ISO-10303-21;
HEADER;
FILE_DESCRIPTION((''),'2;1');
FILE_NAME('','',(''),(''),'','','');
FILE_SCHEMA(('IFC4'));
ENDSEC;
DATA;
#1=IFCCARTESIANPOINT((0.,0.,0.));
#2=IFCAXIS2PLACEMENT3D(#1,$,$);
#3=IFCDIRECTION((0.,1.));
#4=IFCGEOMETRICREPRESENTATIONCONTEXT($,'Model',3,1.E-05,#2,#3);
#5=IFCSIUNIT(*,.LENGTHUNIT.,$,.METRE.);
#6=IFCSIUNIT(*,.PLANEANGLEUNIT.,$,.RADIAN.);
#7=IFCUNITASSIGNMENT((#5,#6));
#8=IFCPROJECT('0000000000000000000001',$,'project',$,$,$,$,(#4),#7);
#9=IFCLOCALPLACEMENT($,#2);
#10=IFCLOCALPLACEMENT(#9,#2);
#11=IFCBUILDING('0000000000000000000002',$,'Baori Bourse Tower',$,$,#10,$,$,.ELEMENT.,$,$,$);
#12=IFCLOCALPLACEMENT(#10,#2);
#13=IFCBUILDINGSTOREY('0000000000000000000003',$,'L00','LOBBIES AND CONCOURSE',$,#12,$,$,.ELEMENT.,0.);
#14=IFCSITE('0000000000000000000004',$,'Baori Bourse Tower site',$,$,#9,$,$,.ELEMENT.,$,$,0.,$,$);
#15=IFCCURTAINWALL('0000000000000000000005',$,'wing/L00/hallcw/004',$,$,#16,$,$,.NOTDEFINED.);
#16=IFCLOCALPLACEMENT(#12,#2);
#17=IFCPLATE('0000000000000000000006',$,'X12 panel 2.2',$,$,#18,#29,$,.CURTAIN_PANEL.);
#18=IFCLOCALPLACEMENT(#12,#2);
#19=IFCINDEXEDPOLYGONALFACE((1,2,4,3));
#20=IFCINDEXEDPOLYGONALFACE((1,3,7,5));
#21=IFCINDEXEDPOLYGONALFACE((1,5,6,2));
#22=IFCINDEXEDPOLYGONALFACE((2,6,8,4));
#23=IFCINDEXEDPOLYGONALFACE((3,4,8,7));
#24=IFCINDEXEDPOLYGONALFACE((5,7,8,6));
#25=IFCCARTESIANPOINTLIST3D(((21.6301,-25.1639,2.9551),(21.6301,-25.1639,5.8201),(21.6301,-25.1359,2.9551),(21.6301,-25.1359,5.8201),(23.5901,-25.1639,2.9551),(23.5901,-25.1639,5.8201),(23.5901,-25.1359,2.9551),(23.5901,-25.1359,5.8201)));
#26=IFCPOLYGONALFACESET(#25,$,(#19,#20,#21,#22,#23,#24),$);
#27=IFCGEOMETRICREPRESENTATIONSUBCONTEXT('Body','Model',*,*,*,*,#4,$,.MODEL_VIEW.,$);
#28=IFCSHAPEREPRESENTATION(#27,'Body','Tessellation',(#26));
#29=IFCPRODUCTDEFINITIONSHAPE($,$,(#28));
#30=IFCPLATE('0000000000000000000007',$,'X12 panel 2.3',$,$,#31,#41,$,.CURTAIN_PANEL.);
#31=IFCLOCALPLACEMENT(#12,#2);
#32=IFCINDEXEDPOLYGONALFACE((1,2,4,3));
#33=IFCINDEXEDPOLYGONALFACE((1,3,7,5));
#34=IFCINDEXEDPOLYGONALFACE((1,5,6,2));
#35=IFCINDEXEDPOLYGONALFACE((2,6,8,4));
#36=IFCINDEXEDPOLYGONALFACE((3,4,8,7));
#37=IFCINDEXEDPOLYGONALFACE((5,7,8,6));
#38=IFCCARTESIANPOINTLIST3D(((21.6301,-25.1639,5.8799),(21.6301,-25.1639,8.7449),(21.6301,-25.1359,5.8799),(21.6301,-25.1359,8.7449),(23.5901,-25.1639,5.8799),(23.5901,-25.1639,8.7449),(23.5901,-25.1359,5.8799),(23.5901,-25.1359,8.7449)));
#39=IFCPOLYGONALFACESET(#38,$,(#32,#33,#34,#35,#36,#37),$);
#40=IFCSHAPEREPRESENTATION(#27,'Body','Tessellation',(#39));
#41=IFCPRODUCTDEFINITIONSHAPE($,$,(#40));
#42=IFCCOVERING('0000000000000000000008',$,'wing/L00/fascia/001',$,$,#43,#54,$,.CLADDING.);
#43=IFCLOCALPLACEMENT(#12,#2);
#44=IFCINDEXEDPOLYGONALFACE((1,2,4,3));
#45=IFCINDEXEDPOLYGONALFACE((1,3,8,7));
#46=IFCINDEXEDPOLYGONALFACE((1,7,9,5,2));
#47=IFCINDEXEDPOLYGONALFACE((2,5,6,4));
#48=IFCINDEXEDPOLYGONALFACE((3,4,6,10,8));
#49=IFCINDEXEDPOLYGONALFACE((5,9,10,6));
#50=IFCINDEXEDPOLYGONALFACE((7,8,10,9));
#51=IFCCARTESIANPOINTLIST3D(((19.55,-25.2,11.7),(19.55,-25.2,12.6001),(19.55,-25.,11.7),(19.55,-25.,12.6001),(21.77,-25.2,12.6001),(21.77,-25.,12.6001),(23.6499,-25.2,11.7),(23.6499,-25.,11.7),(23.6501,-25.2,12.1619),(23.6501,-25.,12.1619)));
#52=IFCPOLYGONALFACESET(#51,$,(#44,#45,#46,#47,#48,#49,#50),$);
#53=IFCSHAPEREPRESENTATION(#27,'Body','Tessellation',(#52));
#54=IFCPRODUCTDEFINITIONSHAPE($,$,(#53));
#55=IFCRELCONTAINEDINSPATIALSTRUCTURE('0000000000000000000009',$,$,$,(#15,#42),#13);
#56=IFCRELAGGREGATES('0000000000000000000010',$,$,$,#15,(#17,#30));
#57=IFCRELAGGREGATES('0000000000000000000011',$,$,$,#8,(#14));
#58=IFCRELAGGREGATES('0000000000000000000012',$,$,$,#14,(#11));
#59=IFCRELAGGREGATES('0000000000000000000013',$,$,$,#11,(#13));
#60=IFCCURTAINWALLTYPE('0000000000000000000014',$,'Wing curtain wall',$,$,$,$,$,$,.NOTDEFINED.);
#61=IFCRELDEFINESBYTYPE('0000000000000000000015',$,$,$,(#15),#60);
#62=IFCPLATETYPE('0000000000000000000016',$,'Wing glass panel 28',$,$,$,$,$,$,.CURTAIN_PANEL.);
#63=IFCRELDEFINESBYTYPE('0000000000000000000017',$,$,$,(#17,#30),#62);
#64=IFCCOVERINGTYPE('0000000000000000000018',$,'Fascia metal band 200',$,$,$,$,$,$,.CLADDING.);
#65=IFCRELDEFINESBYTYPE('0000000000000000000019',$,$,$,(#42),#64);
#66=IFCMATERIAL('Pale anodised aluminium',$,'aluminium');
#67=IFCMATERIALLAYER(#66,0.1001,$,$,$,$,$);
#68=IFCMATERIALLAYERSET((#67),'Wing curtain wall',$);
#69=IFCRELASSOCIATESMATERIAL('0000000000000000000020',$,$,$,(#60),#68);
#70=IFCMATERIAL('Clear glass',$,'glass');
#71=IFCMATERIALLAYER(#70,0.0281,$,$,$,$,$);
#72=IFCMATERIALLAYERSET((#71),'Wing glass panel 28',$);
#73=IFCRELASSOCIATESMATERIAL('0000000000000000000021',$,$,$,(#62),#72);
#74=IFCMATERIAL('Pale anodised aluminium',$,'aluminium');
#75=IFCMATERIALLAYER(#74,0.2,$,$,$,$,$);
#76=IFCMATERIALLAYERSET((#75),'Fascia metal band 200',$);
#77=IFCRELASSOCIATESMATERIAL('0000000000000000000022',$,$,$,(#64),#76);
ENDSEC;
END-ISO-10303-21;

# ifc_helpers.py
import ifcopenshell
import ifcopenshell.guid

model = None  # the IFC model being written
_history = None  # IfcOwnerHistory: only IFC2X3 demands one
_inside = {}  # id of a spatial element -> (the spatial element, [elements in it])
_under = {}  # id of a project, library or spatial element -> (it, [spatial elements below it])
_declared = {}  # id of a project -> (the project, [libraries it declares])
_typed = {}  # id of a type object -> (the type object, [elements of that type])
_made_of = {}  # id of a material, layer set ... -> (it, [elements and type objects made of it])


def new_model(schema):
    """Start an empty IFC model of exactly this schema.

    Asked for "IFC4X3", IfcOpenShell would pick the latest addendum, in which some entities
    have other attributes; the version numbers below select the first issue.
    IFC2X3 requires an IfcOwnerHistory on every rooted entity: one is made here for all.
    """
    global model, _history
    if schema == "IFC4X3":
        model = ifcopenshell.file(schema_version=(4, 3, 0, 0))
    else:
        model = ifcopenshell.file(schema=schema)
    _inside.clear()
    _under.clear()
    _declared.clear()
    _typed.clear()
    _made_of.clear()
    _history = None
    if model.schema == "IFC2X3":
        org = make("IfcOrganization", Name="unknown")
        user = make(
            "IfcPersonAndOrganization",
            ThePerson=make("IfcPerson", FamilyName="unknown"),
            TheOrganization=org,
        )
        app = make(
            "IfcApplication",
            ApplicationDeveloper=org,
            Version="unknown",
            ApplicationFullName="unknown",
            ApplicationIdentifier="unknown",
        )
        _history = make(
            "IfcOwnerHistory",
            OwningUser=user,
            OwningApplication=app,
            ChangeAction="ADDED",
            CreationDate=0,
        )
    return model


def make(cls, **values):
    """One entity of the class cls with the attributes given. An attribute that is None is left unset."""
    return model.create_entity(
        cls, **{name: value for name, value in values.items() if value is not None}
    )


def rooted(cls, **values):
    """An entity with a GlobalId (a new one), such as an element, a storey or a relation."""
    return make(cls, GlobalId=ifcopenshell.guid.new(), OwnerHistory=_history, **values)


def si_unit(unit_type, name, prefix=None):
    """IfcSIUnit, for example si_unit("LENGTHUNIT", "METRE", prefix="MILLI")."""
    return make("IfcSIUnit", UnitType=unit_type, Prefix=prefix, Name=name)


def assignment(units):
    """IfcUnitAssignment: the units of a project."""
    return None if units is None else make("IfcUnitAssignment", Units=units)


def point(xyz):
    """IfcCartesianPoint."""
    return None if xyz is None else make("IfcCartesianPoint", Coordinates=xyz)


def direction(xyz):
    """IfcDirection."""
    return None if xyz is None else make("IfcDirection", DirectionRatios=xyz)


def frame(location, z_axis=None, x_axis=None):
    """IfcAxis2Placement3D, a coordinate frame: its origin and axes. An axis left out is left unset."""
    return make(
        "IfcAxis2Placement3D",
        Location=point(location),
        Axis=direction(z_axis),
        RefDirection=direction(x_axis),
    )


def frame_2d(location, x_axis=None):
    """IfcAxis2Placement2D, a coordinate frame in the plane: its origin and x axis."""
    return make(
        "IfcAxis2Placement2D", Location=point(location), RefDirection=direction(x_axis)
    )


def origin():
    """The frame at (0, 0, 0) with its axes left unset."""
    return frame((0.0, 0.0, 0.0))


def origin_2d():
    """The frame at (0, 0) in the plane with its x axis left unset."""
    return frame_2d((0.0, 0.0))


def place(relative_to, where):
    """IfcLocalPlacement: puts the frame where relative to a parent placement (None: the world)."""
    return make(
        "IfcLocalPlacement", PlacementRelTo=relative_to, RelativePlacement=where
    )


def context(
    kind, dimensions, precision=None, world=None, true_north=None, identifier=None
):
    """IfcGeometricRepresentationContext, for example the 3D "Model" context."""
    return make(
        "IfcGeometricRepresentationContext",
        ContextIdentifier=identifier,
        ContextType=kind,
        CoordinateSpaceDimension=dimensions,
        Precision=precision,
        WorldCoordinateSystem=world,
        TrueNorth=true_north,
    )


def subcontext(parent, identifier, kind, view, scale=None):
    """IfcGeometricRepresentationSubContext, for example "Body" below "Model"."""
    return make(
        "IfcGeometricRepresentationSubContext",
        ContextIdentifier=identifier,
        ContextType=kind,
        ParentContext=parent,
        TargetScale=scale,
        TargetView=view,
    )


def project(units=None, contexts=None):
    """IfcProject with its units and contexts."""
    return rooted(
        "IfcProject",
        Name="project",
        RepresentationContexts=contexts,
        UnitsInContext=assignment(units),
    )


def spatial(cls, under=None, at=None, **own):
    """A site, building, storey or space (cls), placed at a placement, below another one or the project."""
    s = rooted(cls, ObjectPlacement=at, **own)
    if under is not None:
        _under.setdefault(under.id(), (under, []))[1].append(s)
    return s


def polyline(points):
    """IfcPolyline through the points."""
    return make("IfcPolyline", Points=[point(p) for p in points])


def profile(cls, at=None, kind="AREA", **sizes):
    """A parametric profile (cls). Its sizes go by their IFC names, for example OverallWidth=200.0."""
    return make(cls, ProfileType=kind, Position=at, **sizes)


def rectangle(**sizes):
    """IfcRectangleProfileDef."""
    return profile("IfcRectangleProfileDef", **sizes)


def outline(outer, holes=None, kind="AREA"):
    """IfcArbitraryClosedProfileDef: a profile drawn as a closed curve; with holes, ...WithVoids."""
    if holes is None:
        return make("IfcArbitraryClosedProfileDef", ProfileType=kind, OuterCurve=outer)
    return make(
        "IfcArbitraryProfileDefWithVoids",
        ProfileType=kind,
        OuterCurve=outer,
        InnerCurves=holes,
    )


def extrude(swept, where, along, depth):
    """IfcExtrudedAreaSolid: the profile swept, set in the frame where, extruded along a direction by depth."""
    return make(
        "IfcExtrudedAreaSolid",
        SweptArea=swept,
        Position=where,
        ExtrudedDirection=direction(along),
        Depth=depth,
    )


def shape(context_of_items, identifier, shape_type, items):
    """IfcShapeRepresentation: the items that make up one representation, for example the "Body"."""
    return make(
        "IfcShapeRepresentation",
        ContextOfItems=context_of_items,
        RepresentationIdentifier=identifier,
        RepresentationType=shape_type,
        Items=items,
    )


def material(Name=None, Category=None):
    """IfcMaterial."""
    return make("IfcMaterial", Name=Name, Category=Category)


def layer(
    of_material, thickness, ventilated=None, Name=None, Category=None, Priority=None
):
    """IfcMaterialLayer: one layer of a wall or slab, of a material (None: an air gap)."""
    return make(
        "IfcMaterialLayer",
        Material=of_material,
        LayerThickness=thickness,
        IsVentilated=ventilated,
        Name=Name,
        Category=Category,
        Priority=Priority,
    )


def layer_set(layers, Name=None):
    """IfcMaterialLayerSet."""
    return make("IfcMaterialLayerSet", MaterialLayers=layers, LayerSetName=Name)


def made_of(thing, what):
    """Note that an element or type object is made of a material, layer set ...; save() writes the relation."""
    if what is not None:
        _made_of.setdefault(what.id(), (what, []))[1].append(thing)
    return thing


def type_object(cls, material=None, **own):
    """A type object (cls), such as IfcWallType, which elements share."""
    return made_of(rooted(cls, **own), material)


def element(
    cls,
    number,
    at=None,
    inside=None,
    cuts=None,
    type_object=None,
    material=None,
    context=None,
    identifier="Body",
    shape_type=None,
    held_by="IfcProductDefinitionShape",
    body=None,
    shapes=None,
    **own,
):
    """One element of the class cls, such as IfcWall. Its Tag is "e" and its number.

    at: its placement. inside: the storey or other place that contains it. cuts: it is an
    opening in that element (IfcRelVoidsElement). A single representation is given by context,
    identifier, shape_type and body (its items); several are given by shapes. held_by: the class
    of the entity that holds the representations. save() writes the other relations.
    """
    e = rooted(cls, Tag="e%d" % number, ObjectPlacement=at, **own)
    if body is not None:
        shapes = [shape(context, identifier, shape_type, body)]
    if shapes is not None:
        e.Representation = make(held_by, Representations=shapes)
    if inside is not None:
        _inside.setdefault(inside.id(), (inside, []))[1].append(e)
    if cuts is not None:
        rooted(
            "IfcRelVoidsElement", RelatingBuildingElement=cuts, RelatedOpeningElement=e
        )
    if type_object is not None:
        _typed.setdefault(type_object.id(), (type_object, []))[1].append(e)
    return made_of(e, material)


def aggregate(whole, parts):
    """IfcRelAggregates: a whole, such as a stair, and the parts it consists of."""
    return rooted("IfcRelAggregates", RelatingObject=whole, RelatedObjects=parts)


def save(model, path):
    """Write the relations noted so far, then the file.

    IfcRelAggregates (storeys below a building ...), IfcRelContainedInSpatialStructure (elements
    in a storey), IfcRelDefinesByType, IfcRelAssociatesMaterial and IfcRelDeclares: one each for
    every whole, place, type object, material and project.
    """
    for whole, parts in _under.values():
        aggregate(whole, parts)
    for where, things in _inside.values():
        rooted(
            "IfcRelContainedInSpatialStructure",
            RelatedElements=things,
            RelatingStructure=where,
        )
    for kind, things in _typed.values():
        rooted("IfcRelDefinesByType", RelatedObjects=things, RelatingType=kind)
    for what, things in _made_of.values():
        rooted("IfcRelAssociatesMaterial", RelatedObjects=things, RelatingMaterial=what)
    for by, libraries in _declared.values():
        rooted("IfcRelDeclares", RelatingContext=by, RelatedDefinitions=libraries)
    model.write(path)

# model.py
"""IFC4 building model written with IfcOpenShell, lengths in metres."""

from ifc_helpers import new_model, si_unit, direction, frame, origin, origin_2d, place, context, subcontext, project, spatial, polyline, rectangle, outline, extrude, material, layer, layer_set, type_object, element, aggregate, save


model = new_model("IFC4")

# Units and contexts
model_context = context("Model", 3, precision=1e-05, world=origin(), true_north=direction((0.0, 1.0)))
body_context = subcontext(model_context, "Body", "Model", "MODEL_VIEW")
ifc_project = project(units=[si_unit("LENGTHUNIT", "METRE"), si_unit("PLANEANGLEUNIT", "RADIAN")], contexts=[model_context])

# Site, building, storey
site_placement = place(None, origin())
site = spatial("IfcSite", under=ifc_project, at=site_placement, Name="Baori Bourse Tower site", CompositionType="ELEMENT", RefElevation=0.0)
building_placement = place(site_placement, origin())
building = spatial("IfcBuilding", under=site, at=building_placement, Name="Baori Bourse Tower", CompositionType="ELEMENT")
storey_placement = place(building_placement, origin())
storey = spatial("IfcBuildingStorey", under=building, at=storey_placement, Name="L00", Description="LOBBIES AND CONCOURSE", CompositionType="ELEMENT", Elevation=0.0)

# Shared definitions
ifc_material_1 = material(Name="Pale anodised aluminium", Category="aluminium")
ifc_layer_1 = layer(ifc_material_1, 0.1001)
ifc_layer_set_1 = layer_set([ifc_layer_1], Name="Wing curtain wall")
curtain_wall_type = type_object("IfcCurtainWallType", Name="Wing curtain wall", PredefinedType="NOTDEFINED", material=ifc_layer_set_1)

# Curtain wall
curtain_wall_1_placement = place(storey_placement, origin())
curtain_wall_1 = element("IfcCurtainWall", 1, at=curtain_wall_1_placement, inside=storey, type_object=curtain_wall_type, Name="wing/L00/hallcw/004", PredefinedType="NOTDEFINED")

# Plates
ifc_material_2 = material(Name="Clear glass", Category="glass")
ifc_layer_2 = layer(ifc_material_2, 0.0281)
ifc_layer_set_2 = layer_set([ifc_layer_2], Name="Wing glass panel 28")
plate_type = type_object("IfcPlateType", Name="Wing glass panel 28", PredefinedType="CURTAIN_PANEL", material=ifc_layer_set_2)
plate_1_placement = place(storey_placement, frame((22.6101, -25.1499, 2.9551), z_axis=(0.0, 0.0, 1.0), x_axis=(1.0, 0.0, 0.0)))
plate_1 = element("IfcPlate", 2, at=plate_1_placement, type_object=plate_type, Name="X12 panel 2.2", PredefinedType="CURTAIN_PANEL", context=body_context, shape_type="SweptSolid", body=[
    extrude(rectangle(XDim=1.96, YDim=0.0281, at=origin_2d()), origin(), (0.0, 0.0, 1.0), 2.865),
])
plate_2_placement = place(storey_placement, frame((22.6101, -25.1499, 5.8799), z_axis=(0.0, 0.0, 1.0), x_axis=(1.0, 0.0, 0.0)))
plate_2 = element("IfcPlate", 3, at=plate_2_placement, type_object=plate_type, Name="X12 panel 2.3", PredefinedType="CURTAIN_PANEL", context=body_context, shape_type="SweptSolid", body=[
    extrude(rectangle(XDim=1.96, YDim=0.0281, at=origin_2d()), origin(), (0.0, 0.0, 1.0), 2.865),
])
aggregate(curtain_wall_1, [plate_1, plate_2])

# Covering
ifc_material_3 = material(Name="Pale anodised aluminium", Category="aluminium")
ifc_layer_3 = layer(ifc_material_3, 0.2)
ifc_layer_set_3 = layer_set([ifc_layer_3], Name="Fascia metal band 200")
covering_type = type_object("IfcCoveringType", Name="Fascia metal band 200", PredefinedType="CLADDING", material=ifc_layer_set_3)
covering_placement = place(storey_placement, frame((19.55, -25.1001, 11.7), z_axis=(0.0, 0.0, 1.0), x_axis=(1.0, 0.0, 0.0)))
element("IfcCovering", 4, at=covering_placement, inside=storey, type_object=covering_type, Name="wing/L00/fascia/001", PredefinedType="CLADDING", context=body_context, shape_type="SweptSolid", body=[
    extrude(outline(polyline([(0.0, 0.0), (4.0999, 0.0), (4.1001, 0.4619), (2.22, 0.9001), (0.0, 0.9001), (0.0, 0.0)])), frame((0.0, 0.1001, 0.0), z_axis=(0.0, -1.0, 0.0), x_axis=(1.0, 0.0, 0.0)), (0.0, 0.0, 1.0), 0.2),
])

save(model, "model.ifc")
